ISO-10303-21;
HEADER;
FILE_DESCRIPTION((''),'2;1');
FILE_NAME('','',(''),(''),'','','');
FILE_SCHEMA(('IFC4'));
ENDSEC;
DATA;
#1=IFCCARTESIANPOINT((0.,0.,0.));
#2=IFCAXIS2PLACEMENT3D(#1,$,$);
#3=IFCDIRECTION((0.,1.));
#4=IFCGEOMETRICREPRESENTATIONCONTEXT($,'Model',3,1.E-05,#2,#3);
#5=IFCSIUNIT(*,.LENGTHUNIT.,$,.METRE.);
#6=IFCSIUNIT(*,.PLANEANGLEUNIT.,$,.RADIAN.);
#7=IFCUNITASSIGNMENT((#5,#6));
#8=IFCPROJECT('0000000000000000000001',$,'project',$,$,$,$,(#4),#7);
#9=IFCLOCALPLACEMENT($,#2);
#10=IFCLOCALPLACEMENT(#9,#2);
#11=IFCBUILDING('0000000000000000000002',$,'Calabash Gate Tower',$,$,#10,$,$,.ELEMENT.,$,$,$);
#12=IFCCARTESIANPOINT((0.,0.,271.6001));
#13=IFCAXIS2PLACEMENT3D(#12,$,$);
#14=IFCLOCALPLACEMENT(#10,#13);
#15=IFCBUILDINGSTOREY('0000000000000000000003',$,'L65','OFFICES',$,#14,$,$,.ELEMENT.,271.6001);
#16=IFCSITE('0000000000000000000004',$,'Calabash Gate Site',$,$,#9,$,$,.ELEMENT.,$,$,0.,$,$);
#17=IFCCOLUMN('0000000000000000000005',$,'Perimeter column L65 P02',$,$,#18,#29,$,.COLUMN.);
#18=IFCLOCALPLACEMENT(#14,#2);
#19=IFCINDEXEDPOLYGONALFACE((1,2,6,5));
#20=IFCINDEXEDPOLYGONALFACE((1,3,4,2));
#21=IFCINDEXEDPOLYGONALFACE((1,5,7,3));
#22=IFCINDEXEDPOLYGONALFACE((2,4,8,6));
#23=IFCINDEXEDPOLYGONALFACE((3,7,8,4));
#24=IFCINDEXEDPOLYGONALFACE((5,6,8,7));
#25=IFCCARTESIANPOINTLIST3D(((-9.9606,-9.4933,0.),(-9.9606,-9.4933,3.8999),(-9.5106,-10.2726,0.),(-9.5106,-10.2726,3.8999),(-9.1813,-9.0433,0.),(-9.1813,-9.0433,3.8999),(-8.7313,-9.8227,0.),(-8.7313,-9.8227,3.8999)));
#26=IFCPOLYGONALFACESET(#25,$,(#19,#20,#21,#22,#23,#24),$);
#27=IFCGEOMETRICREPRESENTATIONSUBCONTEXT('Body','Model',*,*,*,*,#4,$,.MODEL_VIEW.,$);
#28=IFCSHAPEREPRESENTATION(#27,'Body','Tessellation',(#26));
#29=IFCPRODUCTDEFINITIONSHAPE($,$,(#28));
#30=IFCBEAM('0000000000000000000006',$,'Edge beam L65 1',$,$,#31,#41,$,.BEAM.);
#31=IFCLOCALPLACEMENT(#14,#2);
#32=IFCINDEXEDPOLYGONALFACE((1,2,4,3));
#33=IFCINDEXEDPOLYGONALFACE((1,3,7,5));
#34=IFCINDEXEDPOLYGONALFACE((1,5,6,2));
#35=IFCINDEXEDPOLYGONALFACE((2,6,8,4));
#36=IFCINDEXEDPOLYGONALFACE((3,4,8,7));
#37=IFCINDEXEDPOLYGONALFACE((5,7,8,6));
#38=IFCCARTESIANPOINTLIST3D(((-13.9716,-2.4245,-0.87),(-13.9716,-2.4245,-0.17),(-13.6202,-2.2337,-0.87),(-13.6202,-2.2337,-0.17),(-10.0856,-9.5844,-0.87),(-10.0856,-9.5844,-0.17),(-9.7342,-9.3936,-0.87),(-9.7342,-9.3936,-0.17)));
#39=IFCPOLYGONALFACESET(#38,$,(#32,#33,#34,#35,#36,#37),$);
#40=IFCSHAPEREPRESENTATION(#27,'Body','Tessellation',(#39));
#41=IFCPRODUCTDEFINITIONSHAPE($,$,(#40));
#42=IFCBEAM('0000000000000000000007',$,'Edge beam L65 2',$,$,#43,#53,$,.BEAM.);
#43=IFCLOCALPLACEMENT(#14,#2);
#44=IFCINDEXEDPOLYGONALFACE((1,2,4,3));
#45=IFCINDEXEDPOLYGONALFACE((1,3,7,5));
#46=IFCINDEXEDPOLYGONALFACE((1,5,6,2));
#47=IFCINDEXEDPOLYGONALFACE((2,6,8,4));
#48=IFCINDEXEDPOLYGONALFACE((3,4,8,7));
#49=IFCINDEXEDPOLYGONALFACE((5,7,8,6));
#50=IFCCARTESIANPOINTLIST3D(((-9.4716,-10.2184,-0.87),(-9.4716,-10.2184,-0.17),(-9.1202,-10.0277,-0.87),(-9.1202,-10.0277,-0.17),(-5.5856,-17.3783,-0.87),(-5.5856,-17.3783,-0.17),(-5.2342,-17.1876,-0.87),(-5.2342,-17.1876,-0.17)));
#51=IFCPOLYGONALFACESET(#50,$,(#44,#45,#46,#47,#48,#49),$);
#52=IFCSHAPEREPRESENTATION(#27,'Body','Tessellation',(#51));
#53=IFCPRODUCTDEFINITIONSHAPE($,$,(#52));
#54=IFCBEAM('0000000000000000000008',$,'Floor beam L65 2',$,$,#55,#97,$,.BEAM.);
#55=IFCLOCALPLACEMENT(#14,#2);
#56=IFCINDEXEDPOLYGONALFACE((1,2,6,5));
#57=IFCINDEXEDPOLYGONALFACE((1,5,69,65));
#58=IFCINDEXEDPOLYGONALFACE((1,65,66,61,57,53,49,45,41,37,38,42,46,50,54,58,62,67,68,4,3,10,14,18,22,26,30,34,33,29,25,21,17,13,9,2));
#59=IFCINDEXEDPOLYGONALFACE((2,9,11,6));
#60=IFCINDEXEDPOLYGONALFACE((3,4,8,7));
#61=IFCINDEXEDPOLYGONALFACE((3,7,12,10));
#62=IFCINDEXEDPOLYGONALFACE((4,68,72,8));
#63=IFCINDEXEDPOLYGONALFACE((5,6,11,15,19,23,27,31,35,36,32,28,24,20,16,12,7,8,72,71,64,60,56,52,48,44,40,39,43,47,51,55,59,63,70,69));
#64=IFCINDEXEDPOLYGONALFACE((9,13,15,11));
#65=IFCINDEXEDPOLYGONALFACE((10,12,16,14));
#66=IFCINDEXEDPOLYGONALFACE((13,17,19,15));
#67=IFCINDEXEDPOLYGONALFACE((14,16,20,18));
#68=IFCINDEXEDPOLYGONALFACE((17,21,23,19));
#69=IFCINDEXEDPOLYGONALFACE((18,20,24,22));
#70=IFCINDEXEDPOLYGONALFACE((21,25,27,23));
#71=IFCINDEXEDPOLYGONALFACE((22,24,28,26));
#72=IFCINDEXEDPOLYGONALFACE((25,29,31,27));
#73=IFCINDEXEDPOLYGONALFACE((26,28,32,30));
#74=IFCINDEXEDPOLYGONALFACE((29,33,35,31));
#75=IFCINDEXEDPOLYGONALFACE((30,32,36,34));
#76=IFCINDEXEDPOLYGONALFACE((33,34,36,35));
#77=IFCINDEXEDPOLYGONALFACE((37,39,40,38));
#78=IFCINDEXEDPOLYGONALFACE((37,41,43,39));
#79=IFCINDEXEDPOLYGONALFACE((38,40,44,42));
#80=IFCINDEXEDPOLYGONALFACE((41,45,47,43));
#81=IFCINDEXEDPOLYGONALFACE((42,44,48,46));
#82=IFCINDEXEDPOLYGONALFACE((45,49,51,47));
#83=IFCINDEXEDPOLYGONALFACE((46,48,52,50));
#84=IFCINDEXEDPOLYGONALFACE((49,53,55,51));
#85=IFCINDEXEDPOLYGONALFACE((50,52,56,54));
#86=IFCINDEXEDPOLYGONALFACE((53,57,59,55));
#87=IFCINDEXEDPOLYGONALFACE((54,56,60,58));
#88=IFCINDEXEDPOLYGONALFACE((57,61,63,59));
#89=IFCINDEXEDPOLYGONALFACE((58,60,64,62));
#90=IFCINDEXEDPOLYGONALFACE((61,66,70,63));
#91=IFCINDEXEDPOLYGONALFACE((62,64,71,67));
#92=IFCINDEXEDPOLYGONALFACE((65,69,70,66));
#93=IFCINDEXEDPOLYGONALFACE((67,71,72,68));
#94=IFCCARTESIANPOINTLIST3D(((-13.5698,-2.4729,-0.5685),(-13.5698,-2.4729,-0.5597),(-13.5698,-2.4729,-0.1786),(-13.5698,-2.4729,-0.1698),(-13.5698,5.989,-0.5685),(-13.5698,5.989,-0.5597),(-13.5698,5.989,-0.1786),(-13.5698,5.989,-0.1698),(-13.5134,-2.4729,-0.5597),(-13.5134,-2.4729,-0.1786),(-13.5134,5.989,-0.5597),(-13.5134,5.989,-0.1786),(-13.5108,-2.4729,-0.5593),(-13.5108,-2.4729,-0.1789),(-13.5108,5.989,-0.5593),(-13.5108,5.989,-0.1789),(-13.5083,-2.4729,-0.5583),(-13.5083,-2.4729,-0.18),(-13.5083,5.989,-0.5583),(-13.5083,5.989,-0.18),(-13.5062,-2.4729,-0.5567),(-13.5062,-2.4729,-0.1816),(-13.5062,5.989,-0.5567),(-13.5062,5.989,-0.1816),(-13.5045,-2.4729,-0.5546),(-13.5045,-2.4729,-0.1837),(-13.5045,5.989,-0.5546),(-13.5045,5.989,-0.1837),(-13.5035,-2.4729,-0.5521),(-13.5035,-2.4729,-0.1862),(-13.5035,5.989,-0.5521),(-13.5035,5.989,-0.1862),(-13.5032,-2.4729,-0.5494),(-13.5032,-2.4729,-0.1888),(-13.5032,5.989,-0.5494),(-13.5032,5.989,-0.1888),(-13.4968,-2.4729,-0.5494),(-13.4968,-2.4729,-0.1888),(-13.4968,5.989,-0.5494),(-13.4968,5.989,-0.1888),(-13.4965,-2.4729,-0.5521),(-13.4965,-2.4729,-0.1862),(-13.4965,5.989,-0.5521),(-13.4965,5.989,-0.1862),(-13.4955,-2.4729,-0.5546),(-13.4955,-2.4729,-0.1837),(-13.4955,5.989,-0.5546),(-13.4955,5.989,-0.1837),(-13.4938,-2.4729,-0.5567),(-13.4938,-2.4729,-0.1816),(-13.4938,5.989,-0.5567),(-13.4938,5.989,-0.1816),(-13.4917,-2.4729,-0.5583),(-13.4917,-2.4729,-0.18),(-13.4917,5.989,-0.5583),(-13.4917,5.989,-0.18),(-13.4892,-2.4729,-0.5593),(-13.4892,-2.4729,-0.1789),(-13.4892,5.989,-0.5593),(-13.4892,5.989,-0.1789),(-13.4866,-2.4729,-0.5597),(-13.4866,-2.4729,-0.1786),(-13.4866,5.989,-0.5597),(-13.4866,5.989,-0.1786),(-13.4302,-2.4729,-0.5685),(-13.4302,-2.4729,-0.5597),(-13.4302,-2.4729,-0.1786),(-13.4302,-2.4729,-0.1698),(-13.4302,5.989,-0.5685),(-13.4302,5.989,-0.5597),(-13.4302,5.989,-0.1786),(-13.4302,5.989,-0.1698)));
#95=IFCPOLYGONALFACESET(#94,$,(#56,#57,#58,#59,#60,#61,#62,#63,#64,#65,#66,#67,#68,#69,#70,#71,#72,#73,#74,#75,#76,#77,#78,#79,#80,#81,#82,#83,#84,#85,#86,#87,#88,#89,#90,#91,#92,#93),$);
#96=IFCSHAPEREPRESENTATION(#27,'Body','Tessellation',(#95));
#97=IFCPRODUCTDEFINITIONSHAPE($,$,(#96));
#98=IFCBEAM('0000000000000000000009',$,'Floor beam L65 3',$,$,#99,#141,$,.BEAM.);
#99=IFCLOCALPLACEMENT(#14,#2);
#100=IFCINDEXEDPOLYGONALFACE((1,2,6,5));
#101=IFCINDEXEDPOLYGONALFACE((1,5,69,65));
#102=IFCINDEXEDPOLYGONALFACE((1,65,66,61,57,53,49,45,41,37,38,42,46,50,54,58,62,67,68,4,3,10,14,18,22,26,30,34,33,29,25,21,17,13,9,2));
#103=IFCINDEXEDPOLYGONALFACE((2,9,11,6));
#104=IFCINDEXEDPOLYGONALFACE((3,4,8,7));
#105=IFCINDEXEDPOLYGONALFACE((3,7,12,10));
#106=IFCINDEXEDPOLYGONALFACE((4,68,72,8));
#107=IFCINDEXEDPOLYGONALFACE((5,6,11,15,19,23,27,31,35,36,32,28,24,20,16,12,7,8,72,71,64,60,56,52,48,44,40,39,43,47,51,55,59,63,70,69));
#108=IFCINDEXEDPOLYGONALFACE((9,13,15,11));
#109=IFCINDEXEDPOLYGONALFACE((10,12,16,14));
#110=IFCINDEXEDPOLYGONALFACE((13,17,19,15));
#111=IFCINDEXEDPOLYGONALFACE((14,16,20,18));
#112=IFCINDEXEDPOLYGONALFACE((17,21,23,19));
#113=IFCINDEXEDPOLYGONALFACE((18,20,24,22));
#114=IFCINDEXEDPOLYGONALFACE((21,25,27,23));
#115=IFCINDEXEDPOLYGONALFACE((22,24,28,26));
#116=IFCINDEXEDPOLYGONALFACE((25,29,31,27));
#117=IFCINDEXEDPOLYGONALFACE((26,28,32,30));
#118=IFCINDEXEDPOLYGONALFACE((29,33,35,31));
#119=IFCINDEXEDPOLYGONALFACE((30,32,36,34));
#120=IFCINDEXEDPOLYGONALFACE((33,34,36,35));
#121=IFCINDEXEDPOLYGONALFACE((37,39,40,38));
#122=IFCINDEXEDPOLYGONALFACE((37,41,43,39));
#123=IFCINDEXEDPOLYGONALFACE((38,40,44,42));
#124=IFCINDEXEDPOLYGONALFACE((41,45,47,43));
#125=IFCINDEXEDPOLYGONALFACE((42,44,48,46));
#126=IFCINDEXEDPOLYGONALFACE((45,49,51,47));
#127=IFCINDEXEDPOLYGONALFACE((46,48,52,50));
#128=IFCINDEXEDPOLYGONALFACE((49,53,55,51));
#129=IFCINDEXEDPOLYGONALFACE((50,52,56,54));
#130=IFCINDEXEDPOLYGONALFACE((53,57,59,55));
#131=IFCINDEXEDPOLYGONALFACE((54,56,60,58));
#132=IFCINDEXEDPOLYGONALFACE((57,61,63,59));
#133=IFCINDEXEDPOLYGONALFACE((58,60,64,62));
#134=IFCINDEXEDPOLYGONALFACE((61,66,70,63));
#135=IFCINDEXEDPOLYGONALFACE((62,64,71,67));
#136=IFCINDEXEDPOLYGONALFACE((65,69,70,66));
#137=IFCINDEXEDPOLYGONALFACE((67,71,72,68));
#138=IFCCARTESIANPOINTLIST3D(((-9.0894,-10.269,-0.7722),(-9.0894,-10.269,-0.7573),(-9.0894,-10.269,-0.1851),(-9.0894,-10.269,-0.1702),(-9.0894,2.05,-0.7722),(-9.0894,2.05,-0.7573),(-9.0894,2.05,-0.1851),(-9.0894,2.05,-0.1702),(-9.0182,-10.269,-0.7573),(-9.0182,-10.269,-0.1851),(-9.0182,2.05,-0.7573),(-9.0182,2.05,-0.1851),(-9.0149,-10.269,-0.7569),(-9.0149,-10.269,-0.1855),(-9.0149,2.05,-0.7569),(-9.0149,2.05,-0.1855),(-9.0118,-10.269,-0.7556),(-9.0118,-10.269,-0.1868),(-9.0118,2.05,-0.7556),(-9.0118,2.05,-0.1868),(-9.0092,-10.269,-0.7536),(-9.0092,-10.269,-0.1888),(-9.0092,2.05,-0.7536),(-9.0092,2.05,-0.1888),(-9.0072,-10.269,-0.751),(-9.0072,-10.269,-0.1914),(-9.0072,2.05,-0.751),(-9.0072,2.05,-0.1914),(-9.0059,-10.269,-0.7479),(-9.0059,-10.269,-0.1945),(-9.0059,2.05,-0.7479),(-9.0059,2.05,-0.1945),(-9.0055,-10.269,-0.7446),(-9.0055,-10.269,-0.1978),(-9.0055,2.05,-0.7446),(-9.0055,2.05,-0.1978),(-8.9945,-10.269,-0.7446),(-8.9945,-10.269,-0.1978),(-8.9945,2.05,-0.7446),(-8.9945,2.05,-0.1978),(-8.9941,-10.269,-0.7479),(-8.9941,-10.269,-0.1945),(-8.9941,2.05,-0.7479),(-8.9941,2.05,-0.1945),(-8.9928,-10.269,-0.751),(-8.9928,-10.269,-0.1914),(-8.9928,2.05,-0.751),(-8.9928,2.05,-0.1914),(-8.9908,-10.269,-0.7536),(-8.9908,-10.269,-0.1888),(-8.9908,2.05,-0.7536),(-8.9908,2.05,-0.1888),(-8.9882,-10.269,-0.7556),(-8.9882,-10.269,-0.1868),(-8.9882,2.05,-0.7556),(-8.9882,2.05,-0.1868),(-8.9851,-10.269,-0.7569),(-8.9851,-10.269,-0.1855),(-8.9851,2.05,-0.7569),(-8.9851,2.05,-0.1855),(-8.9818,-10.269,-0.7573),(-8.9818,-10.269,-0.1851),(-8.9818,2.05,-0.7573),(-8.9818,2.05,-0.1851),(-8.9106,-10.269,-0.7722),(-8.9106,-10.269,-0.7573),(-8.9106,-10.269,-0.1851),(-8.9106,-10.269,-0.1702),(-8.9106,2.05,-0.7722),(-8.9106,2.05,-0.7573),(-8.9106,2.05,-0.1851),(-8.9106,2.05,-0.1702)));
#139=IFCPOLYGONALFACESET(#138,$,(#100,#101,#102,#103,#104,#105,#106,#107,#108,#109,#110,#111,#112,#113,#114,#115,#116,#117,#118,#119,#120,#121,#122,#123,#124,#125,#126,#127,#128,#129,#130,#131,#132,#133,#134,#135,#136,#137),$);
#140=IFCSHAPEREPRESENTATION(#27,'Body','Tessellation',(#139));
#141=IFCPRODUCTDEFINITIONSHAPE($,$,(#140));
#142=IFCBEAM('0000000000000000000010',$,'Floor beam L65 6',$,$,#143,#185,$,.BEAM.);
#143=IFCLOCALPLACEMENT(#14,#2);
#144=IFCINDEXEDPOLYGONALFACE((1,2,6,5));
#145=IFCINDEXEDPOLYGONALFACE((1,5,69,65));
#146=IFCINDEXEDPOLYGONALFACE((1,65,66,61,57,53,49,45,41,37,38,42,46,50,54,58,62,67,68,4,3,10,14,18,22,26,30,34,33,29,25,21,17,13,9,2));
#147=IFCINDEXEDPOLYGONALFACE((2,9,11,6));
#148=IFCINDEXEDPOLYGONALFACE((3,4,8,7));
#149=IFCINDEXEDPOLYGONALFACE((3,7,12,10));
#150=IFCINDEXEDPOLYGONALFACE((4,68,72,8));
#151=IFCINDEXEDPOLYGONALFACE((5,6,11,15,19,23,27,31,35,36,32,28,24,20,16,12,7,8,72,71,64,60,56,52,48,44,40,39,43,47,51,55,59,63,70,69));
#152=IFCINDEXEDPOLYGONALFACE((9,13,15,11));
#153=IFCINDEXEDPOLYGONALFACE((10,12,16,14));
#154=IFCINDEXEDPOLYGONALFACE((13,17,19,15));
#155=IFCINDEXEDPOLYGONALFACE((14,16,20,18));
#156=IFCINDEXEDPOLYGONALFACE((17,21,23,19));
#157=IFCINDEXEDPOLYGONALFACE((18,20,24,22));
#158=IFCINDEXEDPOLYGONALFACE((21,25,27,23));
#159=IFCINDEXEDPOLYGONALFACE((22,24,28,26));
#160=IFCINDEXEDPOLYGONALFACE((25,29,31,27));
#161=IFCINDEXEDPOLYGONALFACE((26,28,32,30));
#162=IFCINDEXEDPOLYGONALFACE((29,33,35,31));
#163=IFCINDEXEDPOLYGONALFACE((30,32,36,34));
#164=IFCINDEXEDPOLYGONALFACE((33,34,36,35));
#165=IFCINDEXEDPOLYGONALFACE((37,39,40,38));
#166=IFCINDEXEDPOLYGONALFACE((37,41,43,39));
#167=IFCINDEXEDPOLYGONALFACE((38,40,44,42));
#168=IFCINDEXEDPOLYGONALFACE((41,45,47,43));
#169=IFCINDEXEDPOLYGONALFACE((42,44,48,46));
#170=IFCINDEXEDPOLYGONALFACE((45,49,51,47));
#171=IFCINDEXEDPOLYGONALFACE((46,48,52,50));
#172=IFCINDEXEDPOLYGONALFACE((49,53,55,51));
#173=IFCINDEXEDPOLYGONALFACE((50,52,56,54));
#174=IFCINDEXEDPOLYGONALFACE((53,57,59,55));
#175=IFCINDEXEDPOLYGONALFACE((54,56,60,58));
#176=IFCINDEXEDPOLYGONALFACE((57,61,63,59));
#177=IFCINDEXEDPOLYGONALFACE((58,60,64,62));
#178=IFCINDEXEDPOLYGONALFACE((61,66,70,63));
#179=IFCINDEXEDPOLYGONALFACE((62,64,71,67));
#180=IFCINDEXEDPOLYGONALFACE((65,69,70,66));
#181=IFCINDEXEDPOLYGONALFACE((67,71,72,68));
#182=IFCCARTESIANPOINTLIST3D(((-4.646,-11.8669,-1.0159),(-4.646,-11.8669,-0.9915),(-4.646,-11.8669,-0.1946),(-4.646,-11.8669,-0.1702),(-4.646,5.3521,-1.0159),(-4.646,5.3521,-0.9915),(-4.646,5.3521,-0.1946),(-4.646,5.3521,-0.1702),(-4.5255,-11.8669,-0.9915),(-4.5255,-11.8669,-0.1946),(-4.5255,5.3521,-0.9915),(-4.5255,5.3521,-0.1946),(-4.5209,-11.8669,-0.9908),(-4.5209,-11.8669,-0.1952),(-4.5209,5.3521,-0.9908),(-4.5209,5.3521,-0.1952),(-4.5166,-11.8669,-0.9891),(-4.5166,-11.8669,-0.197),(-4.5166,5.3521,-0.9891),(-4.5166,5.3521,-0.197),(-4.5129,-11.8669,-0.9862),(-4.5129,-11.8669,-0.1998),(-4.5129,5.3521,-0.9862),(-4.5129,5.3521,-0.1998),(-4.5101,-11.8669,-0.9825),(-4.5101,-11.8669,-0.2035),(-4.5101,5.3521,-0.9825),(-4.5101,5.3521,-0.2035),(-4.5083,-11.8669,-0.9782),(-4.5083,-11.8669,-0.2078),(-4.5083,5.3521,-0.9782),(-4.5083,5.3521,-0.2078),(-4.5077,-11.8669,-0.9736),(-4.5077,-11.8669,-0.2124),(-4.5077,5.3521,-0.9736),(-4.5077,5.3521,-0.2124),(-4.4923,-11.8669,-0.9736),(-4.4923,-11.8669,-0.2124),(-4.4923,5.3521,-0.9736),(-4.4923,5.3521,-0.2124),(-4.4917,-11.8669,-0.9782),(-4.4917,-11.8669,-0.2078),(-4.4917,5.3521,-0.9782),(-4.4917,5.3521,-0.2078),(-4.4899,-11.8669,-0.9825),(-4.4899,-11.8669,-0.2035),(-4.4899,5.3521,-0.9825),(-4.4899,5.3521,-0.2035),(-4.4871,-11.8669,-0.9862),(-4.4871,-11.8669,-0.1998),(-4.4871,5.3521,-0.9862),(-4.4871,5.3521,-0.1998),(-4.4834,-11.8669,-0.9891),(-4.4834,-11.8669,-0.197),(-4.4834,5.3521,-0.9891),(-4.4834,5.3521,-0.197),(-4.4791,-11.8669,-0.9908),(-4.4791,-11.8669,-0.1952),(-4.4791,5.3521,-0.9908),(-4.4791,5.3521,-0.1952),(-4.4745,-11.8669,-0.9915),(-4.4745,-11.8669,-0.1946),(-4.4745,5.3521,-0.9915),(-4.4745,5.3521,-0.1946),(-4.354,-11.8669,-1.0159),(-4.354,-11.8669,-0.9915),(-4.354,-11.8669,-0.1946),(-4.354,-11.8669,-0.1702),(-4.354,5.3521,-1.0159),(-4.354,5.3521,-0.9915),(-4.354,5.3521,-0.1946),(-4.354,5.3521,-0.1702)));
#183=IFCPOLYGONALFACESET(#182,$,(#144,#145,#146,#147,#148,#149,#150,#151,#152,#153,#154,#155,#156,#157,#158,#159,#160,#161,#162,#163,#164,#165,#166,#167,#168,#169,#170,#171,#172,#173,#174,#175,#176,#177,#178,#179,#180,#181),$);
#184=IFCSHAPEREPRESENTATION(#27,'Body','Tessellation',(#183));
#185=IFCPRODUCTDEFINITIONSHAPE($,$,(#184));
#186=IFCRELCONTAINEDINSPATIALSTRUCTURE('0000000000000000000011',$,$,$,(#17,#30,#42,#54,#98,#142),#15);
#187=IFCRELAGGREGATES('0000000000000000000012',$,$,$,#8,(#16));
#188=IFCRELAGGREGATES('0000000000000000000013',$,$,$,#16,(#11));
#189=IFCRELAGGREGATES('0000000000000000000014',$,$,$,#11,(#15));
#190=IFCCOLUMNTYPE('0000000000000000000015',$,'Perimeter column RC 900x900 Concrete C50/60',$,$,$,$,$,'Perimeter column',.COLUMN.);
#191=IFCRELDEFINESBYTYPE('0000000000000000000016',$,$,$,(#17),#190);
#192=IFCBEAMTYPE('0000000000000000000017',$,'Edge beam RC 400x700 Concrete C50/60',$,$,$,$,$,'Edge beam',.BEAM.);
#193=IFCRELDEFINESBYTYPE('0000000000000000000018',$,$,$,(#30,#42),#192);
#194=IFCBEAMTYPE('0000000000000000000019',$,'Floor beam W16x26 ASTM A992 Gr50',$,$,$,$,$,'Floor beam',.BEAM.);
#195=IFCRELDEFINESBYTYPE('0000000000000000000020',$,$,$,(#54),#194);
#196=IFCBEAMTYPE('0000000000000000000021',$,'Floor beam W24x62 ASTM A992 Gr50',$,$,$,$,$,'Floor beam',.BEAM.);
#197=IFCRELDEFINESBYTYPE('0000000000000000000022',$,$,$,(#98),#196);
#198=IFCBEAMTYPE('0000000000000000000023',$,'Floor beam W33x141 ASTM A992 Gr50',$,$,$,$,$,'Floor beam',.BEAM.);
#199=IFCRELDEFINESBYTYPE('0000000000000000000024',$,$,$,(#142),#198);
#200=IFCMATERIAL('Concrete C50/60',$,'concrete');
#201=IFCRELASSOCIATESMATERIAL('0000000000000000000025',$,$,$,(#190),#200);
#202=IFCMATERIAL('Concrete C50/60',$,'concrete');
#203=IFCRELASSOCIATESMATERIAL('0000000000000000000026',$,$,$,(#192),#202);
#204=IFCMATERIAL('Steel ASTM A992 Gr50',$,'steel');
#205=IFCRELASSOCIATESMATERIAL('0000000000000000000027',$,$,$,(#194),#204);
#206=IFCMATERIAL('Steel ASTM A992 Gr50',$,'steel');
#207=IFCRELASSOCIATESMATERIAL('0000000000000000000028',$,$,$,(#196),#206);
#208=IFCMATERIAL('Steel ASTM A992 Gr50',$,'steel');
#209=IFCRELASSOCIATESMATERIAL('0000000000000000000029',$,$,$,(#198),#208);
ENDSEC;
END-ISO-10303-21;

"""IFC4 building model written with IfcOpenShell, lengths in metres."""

from ifc_helpers import new_model, si_unit, direction, frame, origin, origin_2d, place, context, subcontext, project, spatial, rectangle, i_section, extrude, material, material_profile, profile_set, type_object, element, save


model = new_model("IFC4")

# Units and contexts
model_context = context("Model", 3, precision=1e-05, world=origin(), true_north=direction((0.0, 1.0)))
body_context = subcontext(model_context, "Body", "Model", "MODEL_VIEW")
ifc_project = project(units=[si_unit("LENGTHUNIT", "METRE"), si_unit("PLANEANGLEUNIT", "RADIAN")], contexts=[model_context])

# Site, building, storey
site_placement = place(None, origin())
site = spatial("IfcSite", under=ifc_project, at=site_placement, Name="Calabash Gate Site", CompositionType="ELEMENT", RefElevation=0.0)
building_placement = place(site_placement, origin())
building = spatial("IfcBuilding", under=site, at=building_placement, Name="Calabash Gate Tower", CompositionType="ELEMENT")
storey_placement = place(building_placement, frame((0.0, 0.0, 271.6001)))
storey = spatial("IfcBuildingStorey", under=building, at=storey_placement, Name="L65", Description="OFFICES", CompositionType="ELEMENT", Elevation=271.6001)

# Column
ifc_material_1 = material(Name="Concrete C50/60", Category="concrete")
ifc_material_profile_1 = material_profile(ifc_material_1, rectangle(XDim=0.8999, YDim=0.8999, at=origin_2d()))
ifc_profile_set_1 = profile_set([ifc_material_profile_1], Name="Concrete C50/60")
column_type = type_object("IfcColumnType", Name="Perimeter column RC 900x900 Concrete C50/60", ElementType="Perimeter column", PredefinedType="COLUMN", material=ifc_profile_set_1)
column_placement = place(storey_placement, frame((-9.3459, -9.658, 0.0), z_axis=(0.0, 0.0, 1.0), x_axis=(0.5, -0.866025, 0.0)))
element("IfcColumn", 1, at=column_placement, inside=storey, type_object=column_type, Name="Perimeter column L65 P02", PredefinedType="COLUMN", context=body_context, shape_type="SweptSolid", body=[
    extrude(rectangle(XDim=0.8999, YDim=0.8999, at=origin_2d()), origin(), (0.0, 0.0, 1.0), 3.8999),
])

# Beams
ifc_material_2 = material(Name="Concrete C50/60", Category="concrete")
ifc_material_profile_2 = material_profile(ifc_material_2, rectangle(XDim=0.3999, YDim=0.7, at=origin_2d()))
ifc_profile_set_2 = profile_set([ifc_material_profile_2], Name="Concrete C50/60")
beam_type_1 = type_object("IfcBeamType", Name="Edge beam RC 400x700 Concrete C50/60", ElementType="Edge beam", PredefinedType="BEAM", material=ifc_profile_set_2)
for number, where, z_axis, x_axis, name in (
    (2, (-13.7959, -2.3291, -0.52), (0.477014, -0.878896, 0.0), (0.878896, 0.477014, 0.0), "Edge beam L65 1"),
    (3, (-9.2959, -10.123, -0.52), (0.477014, -0.878896, 0.0), (0.878896, 0.477014, 0.0), "Edge beam L65 2"),
):
    element("IfcBeam", number, at=place(storey_placement, frame(where, z_axis=z_axis, x_axis=x_axis)), inside=storey, type_object=beam_type_1, Name=name, PredefinedType="BEAM", context=body_context, shape_type="SweptSolid", body=[
        extrude(rectangle(XDim=0.3999, YDim=0.7, at=origin_2d()), origin(), (0.0, 0.0, 1.0), 8.1465),
    ])
ifc_material_3 = material(Name="Steel ASTM A992 Gr50", Category="steel")
ifc_material_profile_3 = material_profile(ifc_material_3, i_section(OverallWidth=0.1396, OverallDepth=0.3987, WebThickness=0.0063, FlangeThickness=0.0088, FilletRadius=0.0103, at=origin_2d()))
ifc_profile_set_3 = profile_set([ifc_material_profile_3], Name="Steel ASTM A992 Gr50")
beam_type_2 = type_object("IfcBeamType", Name="Floor beam W16x26 ASTM A992 Gr50", ElementType="Floor beam", PredefinedType="BEAM", material=ifc_profile_set_3)
beam_1_placement = place(storey_placement, frame((-13.5, -2.4729, -0.3691), z_axis=(0.0, 1.0, 0.0), x_axis=(-1.0, 0.0, 0.0)))
element("IfcBeam", 4, at=beam_1_placement, inside=storey, type_object=beam_type_2, Name="Floor beam L65 2", PredefinedType="BEAM", context=body_context, shape_type="SweptSolid", body=[
    extrude(i_section(OverallWidth=0.1396, OverallDepth=0.3987, WebThickness=0.0063, FlangeThickness=0.0088, FilletRadius=0.0103, at=origin_2d()), origin(), (0.0, 0.0, 1.0), 8.4619),
])
ifc_material_4 = material(Name="Steel ASTM A992 Gr50", Category="steel")
ifc_material_profile_4 = material_profile(ifc_material_4, i_section(OverallWidth=0.1787, OverallDepth=0.6021, WebThickness=0.011, FlangeThickness=0.0149, FilletRadius=0.0127, at=origin_2d()))
ifc_profile_set_4 = profile_set([ifc_material_profile_4], Name="Steel ASTM A992 Gr50")
beam_type_3 = type_object("IfcBeamType", Name="Floor beam W24x62 ASTM A992 Gr50", ElementType="Floor beam", PredefinedType="BEAM", material=ifc_profile_set_4)
beam_2_placement = place(storey_placement, frame((-9.0, -10.269, -0.4712), z_axis=(0.0, 1.0, 0.0), x_axis=(-1.0, 0.0, 0.0)))
element("IfcBeam", 5, at=beam_2_placement, inside=storey, type_object=beam_type_3, Name="Floor beam L65 3", PredefinedType="BEAM", context=body_context, shape_type="SweptSolid", body=[
    extrude(i_section(OverallWidth=0.1787, OverallDepth=0.6021, WebThickness=0.011, FlangeThickness=0.0149, FilletRadius=0.0127, at=origin_2d()), origin(), (0.0, 0.0, 1.0), 12.3191),
])
ifc_material_5 = material(Name="Steel ASTM A992 Gr50", Category="steel")
ifc_material_profile_5 = material_profile(ifc_material_5, i_section(OverallWidth=0.292, OverallDepth=0.8457, WebThickness=0.0154, FlangeThickness=0.0244, FilletRadius=0.0178, at=origin_2d()))
ifc_profile_set_5 = profile_set([ifc_material_profile_5], Name="Steel ASTM A992 Gr50")
beam_type_4 = type_object("IfcBeamType", Name="Floor beam W33x141 ASTM A992 Gr50", ElementType="Floor beam", PredefinedType="BEAM", material=ifc_profile_set_5)
beam_3_placement = place(storey_placement, frame((-4.5, -11.8669, -0.593), z_axis=(0.0, 1.0, 0.0), x_axis=(-1.0, 0.0, 0.0)))
element("IfcBeam", 6, at=beam_3_placement, inside=storey, type_object=beam_type_4, Name="Floor beam L65 6", PredefinedType="BEAM", context=body_context, shape_type="SweptSolid", body=[
    extrude(i_section(OverallWidth=0.292, OverallDepth=0.8457, WebThickness=0.0154, FlangeThickness=0.0244, FilletRadius=0.0178, at=origin_2d()), origin(), (0.0, 0.0, 1.0), 17.219),
])

save(model, "model.ifc")
